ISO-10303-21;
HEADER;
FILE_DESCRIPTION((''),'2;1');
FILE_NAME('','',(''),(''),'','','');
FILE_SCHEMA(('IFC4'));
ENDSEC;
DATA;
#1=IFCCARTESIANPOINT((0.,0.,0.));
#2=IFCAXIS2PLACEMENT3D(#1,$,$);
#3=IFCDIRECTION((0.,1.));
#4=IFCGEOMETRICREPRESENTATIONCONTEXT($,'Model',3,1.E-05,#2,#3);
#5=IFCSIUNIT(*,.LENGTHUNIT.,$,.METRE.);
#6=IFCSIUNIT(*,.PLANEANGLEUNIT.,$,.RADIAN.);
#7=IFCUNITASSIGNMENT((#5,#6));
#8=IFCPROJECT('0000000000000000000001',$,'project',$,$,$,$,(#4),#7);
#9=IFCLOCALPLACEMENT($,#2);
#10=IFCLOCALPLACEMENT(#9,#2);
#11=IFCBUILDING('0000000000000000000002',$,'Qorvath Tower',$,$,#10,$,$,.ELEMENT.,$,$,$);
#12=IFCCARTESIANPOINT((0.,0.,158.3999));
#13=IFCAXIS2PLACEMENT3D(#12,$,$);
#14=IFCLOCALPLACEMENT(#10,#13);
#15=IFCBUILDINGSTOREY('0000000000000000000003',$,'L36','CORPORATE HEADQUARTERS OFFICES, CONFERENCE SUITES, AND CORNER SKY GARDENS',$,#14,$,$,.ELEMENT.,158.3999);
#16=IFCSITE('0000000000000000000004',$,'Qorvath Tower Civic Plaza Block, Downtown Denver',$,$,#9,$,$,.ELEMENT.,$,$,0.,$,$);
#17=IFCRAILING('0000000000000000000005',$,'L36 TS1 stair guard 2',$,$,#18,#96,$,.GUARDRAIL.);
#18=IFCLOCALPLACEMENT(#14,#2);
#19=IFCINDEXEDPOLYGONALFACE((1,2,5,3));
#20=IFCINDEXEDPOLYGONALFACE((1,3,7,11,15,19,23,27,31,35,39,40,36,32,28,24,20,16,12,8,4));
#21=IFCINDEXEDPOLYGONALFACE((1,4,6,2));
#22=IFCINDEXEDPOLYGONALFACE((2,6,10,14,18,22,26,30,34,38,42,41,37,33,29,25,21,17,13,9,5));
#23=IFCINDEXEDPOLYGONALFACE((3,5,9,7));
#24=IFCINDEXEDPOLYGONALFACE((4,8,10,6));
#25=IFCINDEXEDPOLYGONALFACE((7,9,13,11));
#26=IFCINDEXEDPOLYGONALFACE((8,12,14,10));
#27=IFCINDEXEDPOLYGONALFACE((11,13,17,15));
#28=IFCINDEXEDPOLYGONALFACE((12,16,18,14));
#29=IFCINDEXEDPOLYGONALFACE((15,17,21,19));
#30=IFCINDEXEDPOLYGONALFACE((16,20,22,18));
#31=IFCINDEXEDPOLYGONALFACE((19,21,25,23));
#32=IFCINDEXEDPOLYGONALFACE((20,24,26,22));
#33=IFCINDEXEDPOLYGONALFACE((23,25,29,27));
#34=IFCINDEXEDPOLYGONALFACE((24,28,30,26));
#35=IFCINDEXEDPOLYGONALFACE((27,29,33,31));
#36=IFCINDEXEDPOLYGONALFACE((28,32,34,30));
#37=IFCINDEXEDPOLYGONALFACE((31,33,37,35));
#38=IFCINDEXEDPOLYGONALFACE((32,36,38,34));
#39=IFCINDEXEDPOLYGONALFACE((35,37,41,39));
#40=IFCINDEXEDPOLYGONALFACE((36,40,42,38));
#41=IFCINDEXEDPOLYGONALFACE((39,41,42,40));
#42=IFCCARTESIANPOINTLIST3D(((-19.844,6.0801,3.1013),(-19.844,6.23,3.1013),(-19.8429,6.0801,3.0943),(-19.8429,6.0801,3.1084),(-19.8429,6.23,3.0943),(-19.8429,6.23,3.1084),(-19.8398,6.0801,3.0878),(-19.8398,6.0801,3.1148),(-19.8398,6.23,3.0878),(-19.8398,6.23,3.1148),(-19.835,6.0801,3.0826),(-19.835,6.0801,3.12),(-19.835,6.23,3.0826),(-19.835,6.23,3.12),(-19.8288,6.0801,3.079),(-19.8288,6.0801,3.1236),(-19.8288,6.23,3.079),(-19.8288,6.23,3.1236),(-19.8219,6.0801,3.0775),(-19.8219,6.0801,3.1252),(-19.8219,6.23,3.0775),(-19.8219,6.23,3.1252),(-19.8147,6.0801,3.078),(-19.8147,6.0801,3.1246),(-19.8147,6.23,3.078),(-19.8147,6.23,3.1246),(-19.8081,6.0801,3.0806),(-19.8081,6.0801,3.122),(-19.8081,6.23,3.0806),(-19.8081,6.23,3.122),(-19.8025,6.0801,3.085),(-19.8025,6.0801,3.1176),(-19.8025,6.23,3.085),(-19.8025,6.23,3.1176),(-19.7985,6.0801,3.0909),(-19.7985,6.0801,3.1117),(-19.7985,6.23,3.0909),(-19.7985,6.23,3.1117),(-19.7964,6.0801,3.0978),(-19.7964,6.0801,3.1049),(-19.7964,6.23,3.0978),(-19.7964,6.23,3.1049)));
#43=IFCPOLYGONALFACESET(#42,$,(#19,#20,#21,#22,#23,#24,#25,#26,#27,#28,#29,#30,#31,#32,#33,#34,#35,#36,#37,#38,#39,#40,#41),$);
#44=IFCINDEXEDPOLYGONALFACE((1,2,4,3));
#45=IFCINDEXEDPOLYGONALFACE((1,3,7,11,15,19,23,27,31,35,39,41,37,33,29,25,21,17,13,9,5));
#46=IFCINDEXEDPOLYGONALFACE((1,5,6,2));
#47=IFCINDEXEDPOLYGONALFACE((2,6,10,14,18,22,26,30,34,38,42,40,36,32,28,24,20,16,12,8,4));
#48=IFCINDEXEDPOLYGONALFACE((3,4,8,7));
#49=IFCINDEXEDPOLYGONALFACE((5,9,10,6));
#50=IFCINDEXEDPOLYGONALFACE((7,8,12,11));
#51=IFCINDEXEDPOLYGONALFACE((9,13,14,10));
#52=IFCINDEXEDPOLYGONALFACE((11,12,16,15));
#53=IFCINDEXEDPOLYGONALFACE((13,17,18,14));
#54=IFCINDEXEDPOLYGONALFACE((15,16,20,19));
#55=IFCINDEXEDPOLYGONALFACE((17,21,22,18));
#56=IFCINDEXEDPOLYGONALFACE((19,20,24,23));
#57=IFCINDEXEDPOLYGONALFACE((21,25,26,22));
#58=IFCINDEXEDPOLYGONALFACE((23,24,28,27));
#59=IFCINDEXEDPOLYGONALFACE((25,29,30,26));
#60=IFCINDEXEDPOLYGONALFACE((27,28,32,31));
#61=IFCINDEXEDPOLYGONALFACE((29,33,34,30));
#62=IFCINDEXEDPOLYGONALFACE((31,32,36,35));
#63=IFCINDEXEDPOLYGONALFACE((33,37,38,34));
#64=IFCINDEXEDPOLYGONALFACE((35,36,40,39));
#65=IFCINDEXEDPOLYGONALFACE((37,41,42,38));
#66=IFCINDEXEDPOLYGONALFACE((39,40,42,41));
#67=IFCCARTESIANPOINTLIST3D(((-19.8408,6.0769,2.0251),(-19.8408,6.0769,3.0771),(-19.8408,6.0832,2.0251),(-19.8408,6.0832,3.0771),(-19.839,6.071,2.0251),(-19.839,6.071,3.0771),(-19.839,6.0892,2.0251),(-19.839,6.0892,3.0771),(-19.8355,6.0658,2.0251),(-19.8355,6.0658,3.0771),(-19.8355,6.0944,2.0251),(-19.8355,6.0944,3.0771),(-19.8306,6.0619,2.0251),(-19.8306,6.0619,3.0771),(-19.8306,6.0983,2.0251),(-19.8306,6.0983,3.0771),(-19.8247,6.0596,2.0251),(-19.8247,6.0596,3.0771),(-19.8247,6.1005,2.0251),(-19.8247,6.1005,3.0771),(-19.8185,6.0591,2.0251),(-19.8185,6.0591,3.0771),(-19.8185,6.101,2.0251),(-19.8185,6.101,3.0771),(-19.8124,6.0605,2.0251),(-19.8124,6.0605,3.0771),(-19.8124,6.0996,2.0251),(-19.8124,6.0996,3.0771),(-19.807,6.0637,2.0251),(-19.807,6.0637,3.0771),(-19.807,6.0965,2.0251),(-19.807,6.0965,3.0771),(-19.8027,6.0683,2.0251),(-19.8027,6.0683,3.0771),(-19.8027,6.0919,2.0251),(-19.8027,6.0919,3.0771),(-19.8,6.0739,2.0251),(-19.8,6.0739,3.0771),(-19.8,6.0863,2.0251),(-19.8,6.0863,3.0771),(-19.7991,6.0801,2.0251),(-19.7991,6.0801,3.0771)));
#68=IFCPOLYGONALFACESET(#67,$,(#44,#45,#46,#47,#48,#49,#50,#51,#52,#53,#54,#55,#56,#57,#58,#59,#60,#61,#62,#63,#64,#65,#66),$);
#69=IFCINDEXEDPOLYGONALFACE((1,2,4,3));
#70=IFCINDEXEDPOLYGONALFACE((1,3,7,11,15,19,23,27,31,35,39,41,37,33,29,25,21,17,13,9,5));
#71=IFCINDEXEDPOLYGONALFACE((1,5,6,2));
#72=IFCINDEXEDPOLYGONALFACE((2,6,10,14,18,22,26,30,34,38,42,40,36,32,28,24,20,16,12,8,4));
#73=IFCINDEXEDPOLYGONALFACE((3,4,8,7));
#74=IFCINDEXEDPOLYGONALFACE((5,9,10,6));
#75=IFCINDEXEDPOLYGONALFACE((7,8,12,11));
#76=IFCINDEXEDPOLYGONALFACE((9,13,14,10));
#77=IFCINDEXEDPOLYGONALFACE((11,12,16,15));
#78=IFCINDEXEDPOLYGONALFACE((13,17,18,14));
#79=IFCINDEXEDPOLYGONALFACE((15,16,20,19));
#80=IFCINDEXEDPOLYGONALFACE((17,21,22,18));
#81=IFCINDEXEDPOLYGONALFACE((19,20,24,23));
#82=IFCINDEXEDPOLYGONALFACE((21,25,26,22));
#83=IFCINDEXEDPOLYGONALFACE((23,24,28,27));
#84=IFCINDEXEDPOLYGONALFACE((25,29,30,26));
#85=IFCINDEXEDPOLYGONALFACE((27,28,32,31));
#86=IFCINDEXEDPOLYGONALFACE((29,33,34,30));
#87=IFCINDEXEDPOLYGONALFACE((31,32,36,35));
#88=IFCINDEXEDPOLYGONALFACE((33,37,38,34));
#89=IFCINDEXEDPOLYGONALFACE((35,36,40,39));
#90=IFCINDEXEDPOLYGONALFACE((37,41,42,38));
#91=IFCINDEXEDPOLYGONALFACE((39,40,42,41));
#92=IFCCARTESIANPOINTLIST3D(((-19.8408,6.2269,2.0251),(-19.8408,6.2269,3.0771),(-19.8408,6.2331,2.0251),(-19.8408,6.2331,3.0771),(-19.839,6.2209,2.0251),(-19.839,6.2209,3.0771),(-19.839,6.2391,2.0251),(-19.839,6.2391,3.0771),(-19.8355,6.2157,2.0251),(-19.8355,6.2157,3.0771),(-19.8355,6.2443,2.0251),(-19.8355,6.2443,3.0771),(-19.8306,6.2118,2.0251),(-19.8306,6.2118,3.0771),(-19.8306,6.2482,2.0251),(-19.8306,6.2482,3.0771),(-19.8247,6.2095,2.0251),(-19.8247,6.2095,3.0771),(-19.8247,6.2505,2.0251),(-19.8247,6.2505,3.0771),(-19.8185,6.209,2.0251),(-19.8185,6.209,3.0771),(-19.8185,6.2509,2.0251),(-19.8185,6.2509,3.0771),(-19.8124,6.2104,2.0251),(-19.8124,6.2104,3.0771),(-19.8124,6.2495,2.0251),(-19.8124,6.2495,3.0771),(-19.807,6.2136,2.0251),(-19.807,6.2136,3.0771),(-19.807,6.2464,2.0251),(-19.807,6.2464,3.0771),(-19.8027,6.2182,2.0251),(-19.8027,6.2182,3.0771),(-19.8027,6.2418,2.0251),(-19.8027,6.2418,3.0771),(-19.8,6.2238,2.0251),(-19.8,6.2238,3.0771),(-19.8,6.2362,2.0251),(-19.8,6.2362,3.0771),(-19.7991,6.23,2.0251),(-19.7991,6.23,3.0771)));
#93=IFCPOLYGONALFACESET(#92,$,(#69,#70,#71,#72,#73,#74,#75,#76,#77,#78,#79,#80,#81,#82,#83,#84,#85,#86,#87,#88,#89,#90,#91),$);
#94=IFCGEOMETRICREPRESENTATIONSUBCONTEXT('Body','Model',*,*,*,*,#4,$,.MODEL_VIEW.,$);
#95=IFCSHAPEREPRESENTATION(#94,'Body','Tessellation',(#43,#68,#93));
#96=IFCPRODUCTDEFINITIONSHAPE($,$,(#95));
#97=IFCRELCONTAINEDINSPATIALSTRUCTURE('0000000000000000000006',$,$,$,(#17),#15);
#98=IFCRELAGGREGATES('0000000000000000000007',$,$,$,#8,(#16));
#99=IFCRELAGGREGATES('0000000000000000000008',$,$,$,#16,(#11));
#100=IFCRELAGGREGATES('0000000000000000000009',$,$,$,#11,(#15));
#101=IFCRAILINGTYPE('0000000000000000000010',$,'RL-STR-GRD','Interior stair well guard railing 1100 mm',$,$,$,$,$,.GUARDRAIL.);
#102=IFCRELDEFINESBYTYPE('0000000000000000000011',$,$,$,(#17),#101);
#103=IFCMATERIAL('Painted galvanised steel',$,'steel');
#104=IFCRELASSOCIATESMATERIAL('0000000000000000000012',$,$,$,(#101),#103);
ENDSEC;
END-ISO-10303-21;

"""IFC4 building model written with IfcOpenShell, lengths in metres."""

from ifc_helpers import new_model, si_unit, direction, frame, origin, origin_2d, place, context, subcontext, project, spatial, circle, extrude, material, type_object, element, save


model = new_model("IFC4")

# Units and contexts
model_context = context("Model", 3, precision=1e-05, world=origin(), true_north=direction((0.0, 1.0)))
body_context = subcontext(model_context, "Body", "Model", "MODEL_VIEW")
ifc_project = project(units=[si_unit("LENGTHUNIT", "METRE"), si_unit("PLANEANGLEUNIT", "RADIAN")], contexts=[model_context])

# Site, building, storey
site_placement = place(None, origin())
site = spatial("IfcSite", under=ifc_project, at=site_placement, Name="Qorvath Tower Civic Plaza Block, Downtown Denver", CompositionType="ELEMENT", RefElevation=0.0)
building_placement = place(site_placement, origin())
building = spatial("IfcBuilding", under=site, at=building_placement, Name="Qorvath Tower", CompositionType="ELEMENT")
storey_placement = place(building_placement, frame((0.0, 0.0, 158.3999)))
storey = spatial("IfcBuildingStorey", under=building, at=storey_placement, Name="L36", Description="CORPORATE HEADQUARTERS OFFICES, CONFERENCE SUITES, AND CORNER SKY GARDENS", CompositionType="ELEMENT", Elevation=158.3999)

# Railing
ifc_material_1 = material(Name="Painted galvanised steel", Category="steel")
railing_type_1 = type_object("IfcRailingType", Name="RL-STR-GRD", Description="Interior stair well guard railing 1100 mm", PredefinedType="GUARDRAIL", material=ifc_material_1)
railing_1_placement = place(storey_placement, frame((-19.8201, 6.0801, 2.0251)))
element("IfcRailing", 1, at=railing_1_placement, inside=storey, type_object=railing_type_1, Name="L36 TS1 stair guard 2", PredefinedType="GUARDRAIL", context=body_context, shape_type="SweptSolid", body=[
    extrude(circle(Radius=0.0239, at=origin_2d()), frame((0.0, 0.0, 1.0762), z_axis=(0.0, 1.0, 0.0), x_axis=(-1.0, 0.0, 0.0)), (0.0, 0.0, 1.0), 0.1499),
    extrude(circle(Radius=0.021, at=origin_2d()), origin(), (0.0, 0.0, 1.0), 1.052),
    extrude(circle(Radius=0.021, at=origin_2d()), frame((0.0, 0.1499, 0.0)), (0.0, 0.0, 1.0), 1.052),
])

save(model, "model.ifc")
